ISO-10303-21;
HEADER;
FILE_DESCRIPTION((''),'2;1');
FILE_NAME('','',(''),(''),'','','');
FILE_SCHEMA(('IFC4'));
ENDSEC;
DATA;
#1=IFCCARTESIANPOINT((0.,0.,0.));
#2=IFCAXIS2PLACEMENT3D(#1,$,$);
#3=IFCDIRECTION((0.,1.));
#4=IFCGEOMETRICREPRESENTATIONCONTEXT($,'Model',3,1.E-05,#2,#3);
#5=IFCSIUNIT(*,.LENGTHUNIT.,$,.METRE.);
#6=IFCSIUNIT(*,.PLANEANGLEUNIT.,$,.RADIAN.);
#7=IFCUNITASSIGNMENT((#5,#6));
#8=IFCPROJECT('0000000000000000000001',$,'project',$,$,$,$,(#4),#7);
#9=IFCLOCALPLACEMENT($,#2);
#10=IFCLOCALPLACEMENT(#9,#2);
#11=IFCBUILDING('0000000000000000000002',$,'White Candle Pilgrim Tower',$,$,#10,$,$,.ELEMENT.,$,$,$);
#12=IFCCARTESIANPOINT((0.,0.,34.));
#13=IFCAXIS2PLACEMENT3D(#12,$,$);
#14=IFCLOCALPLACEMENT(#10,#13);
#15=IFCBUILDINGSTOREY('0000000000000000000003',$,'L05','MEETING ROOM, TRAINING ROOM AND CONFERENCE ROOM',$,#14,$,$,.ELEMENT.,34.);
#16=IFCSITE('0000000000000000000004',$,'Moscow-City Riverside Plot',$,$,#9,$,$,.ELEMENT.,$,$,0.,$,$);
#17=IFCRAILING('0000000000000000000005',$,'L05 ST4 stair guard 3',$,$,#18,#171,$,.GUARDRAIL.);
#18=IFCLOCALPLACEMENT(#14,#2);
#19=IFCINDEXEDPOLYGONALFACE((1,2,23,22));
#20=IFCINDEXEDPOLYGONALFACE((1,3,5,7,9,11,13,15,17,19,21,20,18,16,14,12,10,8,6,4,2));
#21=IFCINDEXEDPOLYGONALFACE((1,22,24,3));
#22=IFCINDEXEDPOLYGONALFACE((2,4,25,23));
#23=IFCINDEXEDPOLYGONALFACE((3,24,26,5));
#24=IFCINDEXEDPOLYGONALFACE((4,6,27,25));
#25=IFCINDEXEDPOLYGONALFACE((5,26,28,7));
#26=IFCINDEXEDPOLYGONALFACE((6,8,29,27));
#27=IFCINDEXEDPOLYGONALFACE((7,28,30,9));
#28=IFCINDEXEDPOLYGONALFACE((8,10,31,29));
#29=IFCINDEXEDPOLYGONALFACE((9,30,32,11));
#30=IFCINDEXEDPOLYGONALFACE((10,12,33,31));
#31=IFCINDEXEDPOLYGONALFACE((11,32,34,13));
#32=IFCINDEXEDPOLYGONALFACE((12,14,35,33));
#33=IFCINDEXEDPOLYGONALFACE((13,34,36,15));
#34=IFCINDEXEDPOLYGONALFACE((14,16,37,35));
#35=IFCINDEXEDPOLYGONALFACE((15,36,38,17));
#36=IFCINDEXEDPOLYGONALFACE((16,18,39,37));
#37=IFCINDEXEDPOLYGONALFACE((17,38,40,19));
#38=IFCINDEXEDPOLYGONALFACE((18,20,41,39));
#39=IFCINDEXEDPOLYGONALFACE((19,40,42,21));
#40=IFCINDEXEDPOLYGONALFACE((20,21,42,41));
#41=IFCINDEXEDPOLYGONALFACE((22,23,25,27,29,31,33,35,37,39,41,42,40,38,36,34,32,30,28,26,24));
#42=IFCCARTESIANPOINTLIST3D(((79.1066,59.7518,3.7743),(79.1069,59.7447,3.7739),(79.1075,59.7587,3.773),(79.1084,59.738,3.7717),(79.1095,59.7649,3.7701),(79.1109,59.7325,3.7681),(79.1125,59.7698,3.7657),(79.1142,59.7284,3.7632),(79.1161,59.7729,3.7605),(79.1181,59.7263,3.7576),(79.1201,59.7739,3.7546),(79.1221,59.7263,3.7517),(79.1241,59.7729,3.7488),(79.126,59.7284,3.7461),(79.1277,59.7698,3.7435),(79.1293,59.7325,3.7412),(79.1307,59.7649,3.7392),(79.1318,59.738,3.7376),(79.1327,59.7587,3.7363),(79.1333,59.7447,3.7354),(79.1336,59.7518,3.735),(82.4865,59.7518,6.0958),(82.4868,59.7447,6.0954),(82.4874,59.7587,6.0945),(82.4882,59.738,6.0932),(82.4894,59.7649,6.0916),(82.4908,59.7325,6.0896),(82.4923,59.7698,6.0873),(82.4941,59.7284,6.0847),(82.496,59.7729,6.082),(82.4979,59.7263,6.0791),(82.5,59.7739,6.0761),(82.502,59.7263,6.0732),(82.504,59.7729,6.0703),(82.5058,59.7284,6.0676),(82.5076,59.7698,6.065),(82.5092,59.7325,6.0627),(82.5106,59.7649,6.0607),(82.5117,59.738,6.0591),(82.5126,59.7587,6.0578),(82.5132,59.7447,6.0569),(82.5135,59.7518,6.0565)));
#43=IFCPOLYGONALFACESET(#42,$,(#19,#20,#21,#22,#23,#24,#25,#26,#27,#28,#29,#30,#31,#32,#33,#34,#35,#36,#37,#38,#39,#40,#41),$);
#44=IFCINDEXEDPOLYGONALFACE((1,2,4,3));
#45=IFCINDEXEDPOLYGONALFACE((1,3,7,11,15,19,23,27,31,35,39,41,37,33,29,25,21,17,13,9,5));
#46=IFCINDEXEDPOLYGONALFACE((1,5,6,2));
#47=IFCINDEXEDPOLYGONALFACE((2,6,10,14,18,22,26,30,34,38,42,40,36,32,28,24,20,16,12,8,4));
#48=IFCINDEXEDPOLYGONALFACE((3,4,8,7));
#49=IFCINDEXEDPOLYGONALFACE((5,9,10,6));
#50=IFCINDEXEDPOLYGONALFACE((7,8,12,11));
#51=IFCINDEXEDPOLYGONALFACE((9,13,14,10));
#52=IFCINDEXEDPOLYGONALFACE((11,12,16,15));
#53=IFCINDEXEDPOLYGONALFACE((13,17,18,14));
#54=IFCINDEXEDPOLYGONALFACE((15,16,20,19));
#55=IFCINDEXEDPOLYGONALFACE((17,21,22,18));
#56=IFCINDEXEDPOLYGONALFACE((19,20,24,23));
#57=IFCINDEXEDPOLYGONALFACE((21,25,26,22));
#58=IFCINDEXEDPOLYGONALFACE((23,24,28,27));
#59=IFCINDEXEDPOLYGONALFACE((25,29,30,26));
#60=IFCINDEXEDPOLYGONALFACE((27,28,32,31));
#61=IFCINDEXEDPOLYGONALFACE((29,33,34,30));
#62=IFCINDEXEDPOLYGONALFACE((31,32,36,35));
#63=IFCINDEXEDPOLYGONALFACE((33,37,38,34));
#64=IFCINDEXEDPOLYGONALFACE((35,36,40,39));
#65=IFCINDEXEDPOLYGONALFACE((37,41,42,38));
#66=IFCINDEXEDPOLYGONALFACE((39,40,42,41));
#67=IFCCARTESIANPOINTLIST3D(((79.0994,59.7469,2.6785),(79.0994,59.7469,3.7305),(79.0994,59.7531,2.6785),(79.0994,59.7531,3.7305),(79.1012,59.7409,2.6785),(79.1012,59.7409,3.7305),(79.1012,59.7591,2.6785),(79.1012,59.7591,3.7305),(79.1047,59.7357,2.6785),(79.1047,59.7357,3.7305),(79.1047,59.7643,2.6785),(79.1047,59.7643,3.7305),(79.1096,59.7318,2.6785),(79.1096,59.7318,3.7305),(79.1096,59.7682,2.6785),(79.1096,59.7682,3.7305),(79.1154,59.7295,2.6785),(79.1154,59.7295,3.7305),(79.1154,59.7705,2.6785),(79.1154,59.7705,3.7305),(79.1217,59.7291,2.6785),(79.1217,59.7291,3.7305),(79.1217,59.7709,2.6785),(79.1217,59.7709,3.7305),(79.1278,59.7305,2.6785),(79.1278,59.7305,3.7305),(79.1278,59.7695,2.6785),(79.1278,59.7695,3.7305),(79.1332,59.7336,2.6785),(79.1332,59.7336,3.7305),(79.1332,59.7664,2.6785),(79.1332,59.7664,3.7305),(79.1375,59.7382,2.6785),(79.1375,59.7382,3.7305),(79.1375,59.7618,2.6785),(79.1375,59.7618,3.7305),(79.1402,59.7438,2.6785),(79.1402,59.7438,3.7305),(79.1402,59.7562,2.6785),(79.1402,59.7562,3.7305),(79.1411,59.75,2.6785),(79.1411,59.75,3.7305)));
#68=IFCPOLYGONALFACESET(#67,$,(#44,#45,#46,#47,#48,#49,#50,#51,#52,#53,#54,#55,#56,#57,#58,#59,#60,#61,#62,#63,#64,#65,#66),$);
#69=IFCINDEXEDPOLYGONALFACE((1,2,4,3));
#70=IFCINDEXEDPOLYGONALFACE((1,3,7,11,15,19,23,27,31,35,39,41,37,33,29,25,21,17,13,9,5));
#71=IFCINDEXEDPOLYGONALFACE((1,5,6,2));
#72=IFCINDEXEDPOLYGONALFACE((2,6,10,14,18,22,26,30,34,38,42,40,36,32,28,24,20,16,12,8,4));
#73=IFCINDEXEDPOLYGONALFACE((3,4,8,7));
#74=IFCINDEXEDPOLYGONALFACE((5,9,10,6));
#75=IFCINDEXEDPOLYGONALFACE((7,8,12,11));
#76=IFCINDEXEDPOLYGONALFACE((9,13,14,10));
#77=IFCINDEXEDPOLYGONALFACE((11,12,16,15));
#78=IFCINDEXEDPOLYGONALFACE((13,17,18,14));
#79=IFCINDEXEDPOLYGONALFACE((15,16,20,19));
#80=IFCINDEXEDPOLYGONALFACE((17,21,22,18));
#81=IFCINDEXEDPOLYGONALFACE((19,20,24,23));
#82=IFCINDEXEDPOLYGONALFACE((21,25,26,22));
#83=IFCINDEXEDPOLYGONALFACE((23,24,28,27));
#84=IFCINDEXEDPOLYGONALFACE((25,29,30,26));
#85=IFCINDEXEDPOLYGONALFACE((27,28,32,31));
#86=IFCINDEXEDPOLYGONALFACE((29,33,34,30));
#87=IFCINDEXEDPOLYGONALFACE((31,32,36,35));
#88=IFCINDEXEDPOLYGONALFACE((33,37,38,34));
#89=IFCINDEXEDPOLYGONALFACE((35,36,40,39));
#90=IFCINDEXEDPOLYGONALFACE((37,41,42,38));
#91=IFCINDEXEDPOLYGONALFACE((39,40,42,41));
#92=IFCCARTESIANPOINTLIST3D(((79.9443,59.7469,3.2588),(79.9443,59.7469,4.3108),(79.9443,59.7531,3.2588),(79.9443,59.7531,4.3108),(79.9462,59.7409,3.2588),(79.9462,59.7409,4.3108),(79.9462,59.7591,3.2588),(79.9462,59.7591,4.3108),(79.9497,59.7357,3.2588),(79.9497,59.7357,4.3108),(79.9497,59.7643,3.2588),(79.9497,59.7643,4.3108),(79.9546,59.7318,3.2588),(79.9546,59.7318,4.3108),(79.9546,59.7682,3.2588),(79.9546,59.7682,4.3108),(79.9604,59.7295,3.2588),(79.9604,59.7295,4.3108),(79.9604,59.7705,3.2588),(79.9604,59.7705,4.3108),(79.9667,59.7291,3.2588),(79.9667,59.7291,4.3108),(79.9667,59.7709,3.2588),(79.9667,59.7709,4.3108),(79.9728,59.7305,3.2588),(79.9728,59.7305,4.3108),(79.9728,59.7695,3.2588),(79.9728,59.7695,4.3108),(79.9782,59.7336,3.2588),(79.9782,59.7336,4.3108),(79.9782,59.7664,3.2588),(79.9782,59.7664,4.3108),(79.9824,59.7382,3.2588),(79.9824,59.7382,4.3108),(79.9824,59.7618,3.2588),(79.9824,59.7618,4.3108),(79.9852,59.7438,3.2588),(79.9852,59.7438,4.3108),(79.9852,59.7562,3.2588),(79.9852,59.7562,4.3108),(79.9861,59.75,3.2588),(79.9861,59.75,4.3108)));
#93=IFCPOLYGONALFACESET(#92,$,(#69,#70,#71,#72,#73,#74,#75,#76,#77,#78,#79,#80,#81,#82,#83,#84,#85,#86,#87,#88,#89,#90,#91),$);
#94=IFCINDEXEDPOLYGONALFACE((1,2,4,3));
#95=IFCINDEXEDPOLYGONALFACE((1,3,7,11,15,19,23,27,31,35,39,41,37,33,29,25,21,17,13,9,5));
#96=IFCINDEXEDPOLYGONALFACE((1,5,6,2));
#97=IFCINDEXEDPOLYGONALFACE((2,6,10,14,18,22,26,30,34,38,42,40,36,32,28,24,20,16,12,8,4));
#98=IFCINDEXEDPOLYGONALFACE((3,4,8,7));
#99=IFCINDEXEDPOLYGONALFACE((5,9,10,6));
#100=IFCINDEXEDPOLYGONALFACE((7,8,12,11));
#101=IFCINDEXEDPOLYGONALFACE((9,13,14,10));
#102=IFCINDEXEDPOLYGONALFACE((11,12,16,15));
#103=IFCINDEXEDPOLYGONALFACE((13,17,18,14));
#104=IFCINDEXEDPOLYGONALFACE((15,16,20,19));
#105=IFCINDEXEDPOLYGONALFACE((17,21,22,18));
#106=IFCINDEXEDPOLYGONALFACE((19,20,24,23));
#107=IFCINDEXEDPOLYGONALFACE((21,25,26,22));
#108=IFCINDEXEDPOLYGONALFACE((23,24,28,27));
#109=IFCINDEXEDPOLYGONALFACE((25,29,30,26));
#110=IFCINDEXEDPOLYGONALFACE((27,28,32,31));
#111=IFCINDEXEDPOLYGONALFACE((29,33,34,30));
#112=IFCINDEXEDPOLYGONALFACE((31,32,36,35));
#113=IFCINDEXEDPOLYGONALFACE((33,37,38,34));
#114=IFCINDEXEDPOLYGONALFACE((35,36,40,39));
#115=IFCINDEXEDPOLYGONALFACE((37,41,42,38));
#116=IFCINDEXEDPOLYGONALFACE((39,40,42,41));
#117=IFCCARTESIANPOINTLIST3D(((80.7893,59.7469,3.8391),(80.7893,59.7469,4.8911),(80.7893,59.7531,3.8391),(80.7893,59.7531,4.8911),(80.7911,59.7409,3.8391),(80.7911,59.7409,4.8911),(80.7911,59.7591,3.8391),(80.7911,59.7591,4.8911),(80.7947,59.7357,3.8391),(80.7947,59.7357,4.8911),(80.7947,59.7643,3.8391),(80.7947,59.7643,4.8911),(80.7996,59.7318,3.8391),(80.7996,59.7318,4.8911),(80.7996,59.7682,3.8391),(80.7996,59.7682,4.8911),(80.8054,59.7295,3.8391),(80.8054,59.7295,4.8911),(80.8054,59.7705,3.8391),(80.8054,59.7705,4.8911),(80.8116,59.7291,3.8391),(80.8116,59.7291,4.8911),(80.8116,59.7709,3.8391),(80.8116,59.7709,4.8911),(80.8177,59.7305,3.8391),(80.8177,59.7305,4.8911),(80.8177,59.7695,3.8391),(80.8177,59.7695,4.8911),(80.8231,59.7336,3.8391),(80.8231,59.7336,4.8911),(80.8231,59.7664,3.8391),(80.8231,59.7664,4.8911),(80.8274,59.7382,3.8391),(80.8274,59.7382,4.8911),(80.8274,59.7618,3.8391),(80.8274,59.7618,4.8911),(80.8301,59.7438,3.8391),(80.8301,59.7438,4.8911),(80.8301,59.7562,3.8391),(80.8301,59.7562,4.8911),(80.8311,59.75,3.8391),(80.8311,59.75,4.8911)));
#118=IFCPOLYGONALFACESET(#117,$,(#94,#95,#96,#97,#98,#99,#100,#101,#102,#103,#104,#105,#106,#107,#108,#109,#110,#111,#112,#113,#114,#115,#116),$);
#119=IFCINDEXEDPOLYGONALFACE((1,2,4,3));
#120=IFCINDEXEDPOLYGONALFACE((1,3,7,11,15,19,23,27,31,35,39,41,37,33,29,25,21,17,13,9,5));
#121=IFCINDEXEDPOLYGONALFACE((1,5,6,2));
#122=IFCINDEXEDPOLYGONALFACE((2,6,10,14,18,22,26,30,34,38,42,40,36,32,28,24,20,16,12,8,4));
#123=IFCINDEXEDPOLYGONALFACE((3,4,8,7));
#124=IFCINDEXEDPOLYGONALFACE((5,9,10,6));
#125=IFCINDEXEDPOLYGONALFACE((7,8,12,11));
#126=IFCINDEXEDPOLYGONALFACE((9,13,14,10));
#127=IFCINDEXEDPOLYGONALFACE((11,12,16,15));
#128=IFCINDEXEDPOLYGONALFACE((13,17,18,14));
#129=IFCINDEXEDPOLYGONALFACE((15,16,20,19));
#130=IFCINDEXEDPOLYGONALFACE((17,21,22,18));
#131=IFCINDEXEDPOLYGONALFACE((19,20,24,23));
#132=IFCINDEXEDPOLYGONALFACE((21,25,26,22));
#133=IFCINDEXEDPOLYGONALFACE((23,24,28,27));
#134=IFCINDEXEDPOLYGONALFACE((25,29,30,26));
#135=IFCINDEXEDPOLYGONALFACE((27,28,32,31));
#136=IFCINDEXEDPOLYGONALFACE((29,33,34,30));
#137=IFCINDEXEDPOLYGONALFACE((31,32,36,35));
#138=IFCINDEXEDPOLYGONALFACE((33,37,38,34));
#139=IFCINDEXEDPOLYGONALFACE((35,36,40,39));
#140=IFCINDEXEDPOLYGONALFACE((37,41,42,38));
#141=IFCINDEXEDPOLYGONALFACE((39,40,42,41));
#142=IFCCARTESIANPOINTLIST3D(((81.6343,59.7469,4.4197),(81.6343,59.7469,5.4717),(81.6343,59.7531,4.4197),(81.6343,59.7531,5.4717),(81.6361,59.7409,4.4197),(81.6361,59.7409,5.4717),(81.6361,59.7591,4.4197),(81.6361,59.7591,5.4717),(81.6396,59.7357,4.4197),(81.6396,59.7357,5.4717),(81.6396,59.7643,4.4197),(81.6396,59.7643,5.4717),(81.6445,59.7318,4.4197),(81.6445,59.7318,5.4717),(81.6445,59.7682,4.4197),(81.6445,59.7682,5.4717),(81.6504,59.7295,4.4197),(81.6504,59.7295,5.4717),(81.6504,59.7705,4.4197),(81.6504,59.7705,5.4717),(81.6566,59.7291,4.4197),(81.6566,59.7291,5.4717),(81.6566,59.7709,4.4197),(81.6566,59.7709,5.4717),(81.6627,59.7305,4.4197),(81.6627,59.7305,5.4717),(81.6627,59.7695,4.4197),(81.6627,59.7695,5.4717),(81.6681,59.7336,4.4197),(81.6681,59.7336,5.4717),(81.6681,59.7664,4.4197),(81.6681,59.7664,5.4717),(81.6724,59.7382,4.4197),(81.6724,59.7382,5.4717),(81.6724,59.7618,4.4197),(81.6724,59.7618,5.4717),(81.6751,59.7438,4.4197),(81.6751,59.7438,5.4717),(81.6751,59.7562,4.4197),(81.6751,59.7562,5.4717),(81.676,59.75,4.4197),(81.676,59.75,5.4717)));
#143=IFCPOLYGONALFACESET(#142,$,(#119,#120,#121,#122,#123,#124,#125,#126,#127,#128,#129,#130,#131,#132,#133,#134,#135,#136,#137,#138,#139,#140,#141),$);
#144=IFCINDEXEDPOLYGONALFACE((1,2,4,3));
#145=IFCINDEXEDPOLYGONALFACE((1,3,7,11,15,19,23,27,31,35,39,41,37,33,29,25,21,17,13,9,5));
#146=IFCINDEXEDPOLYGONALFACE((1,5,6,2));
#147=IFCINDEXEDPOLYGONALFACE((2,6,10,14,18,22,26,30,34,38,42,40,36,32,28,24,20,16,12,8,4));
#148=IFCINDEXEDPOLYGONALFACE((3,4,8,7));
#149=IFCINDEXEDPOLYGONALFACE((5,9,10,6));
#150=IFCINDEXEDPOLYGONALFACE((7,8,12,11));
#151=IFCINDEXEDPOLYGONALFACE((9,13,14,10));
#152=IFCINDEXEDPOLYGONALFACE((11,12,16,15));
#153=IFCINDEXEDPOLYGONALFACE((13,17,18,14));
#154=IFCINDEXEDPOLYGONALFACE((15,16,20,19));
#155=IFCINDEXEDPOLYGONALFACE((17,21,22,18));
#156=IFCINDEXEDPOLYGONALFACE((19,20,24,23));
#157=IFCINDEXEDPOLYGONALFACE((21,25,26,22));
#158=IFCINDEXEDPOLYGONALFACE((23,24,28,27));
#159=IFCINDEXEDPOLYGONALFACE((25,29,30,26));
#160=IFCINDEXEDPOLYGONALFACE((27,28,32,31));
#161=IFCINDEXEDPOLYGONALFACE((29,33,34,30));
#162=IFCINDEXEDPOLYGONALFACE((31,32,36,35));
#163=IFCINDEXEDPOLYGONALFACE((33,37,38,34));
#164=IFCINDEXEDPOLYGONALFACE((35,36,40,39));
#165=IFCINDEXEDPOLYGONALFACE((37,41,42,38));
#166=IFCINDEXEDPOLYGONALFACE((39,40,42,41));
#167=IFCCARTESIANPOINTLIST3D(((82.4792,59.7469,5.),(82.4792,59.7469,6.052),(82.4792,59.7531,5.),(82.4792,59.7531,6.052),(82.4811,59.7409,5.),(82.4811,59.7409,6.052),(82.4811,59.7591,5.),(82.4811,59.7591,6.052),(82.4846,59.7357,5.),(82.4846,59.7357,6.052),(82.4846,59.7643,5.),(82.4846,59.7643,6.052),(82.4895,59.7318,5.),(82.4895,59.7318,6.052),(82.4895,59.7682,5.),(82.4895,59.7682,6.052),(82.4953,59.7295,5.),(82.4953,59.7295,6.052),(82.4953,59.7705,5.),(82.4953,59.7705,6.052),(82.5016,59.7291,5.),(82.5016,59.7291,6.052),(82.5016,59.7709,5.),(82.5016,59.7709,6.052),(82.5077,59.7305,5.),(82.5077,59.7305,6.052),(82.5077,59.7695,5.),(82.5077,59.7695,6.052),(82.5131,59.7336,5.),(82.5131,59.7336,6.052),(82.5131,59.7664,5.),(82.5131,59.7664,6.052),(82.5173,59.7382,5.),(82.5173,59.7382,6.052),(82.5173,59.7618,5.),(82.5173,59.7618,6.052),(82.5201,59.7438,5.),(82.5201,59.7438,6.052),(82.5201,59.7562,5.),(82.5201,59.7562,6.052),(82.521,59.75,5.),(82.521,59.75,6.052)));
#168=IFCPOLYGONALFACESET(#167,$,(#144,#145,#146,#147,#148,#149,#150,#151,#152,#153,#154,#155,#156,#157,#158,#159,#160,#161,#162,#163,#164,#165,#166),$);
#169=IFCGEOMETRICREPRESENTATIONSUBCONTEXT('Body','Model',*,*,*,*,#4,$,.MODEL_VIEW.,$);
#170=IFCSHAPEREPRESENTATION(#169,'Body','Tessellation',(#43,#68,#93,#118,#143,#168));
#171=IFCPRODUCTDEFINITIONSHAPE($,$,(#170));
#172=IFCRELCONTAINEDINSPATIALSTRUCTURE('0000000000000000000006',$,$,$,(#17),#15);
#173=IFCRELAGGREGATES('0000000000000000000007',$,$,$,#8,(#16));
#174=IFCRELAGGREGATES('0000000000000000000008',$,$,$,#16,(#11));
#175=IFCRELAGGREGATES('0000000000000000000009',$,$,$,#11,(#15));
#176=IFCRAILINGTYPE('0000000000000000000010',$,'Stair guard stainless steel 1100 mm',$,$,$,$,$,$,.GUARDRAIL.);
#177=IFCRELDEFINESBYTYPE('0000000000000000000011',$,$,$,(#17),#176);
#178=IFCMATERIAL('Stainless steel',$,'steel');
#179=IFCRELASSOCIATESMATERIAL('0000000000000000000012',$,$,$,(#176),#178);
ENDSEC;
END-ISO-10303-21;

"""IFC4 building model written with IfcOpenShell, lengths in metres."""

from ifc_helpers import new_model, si_unit, direction, frame, origin, origin_2d, place, context, subcontext, project, spatial, circle, extrude, material, type_object, element, save


model = new_model("IFC4")

# Units and contexts
model_context = context("Model", 3, precision=1e-05, world=origin(), true_north=direction((0.0, 1.0)))
body_context = subcontext(model_context, "Body", "Model", "MODEL_VIEW")
ifc_project = project(units=[si_unit("LENGTHUNIT", "METRE"), si_unit("PLANEANGLEUNIT", "RADIAN")], contexts=[model_context])

# Site, building, storey
site_placement = place(None, origin())
site = spatial("IfcSite", under=ifc_project, at=site_placement, Name="Moscow-City Riverside Plot", CompositionType="ELEMENT", RefElevation=0.0)
building_placement = place(site_placement, origin())
building = spatial("IfcBuilding", under=site, at=building_placement, Name="White Candle Pilgrim Tower", CompositionType="ELEMENT")
storey_placement = place(building_placement, frame((0.0, 0.0, 34.0)))
storey = spatial("IfcBuildingStorey", under=building, at=storey_placement, Name="L05", Description="MEETING ROOM, TRAINING ROOM AND CONFERENCE ROOM", CompositionType="ELEMENT", Elevation=34.0)

# Railing
ifc_material_1 = material(Name="Stainless steel", Category="steel")
railing_type_1 = type_object("IfcRailingType", Name="Stair guard stainless steel 1100 mm", PredefinedType="GUARDRAIL", material=ifc_material_1)
railing_1_placement = place(storey_placement, frame((79.1201, 59.75, 2.6785)))
element("IfcRailing", 1, at=railing_1_placement, inside=storey, type_object=railing_type_1, Name="L05 ST4 stair guard 3", PredefinedType="GUARDRAIL", context=body_context, shape_type="SweptSolid", body=[
    extrude(circle(Radius=0.0239, at=origin_2d()), frame((0.0, 0.0, 1.0762), z_axis=(0.824285, 0.0, 0.566175), x_axis=(0.0, 1.0, 0.0)), (0.0, 0.0, 1.0), 4.1003),
    extrude(circle(Radius=0.021, at=origin_2d()), origin(), (0.0, 0.0, 1.0), 1.052),
    extrude(circle(Radius=0.021, at=origin_2d()), frame((0.845, 0.0, 0.5803)), (0.0, 0.0, 1.0), 1.052),
    extrude(circle(Radius=0.021, at=origin_2d()), frame((1.6899, 0.0, 1.1606)), (0.0, 0.0, 1.0), 1.052),
    extrude(circle(Radius=0.021, at=origin_2d()), frame((2.5349, 0.0, 1.7412)), (0.0, 0.0, 1.0), 1.052),
    extrude(circle(Radius=0.021, at=origin_2d()), frame((3.3799, 0.0, 2.3215)), (0.0, 0.0, 1.0), 1.052),
])

save(model, "model.ifc")
